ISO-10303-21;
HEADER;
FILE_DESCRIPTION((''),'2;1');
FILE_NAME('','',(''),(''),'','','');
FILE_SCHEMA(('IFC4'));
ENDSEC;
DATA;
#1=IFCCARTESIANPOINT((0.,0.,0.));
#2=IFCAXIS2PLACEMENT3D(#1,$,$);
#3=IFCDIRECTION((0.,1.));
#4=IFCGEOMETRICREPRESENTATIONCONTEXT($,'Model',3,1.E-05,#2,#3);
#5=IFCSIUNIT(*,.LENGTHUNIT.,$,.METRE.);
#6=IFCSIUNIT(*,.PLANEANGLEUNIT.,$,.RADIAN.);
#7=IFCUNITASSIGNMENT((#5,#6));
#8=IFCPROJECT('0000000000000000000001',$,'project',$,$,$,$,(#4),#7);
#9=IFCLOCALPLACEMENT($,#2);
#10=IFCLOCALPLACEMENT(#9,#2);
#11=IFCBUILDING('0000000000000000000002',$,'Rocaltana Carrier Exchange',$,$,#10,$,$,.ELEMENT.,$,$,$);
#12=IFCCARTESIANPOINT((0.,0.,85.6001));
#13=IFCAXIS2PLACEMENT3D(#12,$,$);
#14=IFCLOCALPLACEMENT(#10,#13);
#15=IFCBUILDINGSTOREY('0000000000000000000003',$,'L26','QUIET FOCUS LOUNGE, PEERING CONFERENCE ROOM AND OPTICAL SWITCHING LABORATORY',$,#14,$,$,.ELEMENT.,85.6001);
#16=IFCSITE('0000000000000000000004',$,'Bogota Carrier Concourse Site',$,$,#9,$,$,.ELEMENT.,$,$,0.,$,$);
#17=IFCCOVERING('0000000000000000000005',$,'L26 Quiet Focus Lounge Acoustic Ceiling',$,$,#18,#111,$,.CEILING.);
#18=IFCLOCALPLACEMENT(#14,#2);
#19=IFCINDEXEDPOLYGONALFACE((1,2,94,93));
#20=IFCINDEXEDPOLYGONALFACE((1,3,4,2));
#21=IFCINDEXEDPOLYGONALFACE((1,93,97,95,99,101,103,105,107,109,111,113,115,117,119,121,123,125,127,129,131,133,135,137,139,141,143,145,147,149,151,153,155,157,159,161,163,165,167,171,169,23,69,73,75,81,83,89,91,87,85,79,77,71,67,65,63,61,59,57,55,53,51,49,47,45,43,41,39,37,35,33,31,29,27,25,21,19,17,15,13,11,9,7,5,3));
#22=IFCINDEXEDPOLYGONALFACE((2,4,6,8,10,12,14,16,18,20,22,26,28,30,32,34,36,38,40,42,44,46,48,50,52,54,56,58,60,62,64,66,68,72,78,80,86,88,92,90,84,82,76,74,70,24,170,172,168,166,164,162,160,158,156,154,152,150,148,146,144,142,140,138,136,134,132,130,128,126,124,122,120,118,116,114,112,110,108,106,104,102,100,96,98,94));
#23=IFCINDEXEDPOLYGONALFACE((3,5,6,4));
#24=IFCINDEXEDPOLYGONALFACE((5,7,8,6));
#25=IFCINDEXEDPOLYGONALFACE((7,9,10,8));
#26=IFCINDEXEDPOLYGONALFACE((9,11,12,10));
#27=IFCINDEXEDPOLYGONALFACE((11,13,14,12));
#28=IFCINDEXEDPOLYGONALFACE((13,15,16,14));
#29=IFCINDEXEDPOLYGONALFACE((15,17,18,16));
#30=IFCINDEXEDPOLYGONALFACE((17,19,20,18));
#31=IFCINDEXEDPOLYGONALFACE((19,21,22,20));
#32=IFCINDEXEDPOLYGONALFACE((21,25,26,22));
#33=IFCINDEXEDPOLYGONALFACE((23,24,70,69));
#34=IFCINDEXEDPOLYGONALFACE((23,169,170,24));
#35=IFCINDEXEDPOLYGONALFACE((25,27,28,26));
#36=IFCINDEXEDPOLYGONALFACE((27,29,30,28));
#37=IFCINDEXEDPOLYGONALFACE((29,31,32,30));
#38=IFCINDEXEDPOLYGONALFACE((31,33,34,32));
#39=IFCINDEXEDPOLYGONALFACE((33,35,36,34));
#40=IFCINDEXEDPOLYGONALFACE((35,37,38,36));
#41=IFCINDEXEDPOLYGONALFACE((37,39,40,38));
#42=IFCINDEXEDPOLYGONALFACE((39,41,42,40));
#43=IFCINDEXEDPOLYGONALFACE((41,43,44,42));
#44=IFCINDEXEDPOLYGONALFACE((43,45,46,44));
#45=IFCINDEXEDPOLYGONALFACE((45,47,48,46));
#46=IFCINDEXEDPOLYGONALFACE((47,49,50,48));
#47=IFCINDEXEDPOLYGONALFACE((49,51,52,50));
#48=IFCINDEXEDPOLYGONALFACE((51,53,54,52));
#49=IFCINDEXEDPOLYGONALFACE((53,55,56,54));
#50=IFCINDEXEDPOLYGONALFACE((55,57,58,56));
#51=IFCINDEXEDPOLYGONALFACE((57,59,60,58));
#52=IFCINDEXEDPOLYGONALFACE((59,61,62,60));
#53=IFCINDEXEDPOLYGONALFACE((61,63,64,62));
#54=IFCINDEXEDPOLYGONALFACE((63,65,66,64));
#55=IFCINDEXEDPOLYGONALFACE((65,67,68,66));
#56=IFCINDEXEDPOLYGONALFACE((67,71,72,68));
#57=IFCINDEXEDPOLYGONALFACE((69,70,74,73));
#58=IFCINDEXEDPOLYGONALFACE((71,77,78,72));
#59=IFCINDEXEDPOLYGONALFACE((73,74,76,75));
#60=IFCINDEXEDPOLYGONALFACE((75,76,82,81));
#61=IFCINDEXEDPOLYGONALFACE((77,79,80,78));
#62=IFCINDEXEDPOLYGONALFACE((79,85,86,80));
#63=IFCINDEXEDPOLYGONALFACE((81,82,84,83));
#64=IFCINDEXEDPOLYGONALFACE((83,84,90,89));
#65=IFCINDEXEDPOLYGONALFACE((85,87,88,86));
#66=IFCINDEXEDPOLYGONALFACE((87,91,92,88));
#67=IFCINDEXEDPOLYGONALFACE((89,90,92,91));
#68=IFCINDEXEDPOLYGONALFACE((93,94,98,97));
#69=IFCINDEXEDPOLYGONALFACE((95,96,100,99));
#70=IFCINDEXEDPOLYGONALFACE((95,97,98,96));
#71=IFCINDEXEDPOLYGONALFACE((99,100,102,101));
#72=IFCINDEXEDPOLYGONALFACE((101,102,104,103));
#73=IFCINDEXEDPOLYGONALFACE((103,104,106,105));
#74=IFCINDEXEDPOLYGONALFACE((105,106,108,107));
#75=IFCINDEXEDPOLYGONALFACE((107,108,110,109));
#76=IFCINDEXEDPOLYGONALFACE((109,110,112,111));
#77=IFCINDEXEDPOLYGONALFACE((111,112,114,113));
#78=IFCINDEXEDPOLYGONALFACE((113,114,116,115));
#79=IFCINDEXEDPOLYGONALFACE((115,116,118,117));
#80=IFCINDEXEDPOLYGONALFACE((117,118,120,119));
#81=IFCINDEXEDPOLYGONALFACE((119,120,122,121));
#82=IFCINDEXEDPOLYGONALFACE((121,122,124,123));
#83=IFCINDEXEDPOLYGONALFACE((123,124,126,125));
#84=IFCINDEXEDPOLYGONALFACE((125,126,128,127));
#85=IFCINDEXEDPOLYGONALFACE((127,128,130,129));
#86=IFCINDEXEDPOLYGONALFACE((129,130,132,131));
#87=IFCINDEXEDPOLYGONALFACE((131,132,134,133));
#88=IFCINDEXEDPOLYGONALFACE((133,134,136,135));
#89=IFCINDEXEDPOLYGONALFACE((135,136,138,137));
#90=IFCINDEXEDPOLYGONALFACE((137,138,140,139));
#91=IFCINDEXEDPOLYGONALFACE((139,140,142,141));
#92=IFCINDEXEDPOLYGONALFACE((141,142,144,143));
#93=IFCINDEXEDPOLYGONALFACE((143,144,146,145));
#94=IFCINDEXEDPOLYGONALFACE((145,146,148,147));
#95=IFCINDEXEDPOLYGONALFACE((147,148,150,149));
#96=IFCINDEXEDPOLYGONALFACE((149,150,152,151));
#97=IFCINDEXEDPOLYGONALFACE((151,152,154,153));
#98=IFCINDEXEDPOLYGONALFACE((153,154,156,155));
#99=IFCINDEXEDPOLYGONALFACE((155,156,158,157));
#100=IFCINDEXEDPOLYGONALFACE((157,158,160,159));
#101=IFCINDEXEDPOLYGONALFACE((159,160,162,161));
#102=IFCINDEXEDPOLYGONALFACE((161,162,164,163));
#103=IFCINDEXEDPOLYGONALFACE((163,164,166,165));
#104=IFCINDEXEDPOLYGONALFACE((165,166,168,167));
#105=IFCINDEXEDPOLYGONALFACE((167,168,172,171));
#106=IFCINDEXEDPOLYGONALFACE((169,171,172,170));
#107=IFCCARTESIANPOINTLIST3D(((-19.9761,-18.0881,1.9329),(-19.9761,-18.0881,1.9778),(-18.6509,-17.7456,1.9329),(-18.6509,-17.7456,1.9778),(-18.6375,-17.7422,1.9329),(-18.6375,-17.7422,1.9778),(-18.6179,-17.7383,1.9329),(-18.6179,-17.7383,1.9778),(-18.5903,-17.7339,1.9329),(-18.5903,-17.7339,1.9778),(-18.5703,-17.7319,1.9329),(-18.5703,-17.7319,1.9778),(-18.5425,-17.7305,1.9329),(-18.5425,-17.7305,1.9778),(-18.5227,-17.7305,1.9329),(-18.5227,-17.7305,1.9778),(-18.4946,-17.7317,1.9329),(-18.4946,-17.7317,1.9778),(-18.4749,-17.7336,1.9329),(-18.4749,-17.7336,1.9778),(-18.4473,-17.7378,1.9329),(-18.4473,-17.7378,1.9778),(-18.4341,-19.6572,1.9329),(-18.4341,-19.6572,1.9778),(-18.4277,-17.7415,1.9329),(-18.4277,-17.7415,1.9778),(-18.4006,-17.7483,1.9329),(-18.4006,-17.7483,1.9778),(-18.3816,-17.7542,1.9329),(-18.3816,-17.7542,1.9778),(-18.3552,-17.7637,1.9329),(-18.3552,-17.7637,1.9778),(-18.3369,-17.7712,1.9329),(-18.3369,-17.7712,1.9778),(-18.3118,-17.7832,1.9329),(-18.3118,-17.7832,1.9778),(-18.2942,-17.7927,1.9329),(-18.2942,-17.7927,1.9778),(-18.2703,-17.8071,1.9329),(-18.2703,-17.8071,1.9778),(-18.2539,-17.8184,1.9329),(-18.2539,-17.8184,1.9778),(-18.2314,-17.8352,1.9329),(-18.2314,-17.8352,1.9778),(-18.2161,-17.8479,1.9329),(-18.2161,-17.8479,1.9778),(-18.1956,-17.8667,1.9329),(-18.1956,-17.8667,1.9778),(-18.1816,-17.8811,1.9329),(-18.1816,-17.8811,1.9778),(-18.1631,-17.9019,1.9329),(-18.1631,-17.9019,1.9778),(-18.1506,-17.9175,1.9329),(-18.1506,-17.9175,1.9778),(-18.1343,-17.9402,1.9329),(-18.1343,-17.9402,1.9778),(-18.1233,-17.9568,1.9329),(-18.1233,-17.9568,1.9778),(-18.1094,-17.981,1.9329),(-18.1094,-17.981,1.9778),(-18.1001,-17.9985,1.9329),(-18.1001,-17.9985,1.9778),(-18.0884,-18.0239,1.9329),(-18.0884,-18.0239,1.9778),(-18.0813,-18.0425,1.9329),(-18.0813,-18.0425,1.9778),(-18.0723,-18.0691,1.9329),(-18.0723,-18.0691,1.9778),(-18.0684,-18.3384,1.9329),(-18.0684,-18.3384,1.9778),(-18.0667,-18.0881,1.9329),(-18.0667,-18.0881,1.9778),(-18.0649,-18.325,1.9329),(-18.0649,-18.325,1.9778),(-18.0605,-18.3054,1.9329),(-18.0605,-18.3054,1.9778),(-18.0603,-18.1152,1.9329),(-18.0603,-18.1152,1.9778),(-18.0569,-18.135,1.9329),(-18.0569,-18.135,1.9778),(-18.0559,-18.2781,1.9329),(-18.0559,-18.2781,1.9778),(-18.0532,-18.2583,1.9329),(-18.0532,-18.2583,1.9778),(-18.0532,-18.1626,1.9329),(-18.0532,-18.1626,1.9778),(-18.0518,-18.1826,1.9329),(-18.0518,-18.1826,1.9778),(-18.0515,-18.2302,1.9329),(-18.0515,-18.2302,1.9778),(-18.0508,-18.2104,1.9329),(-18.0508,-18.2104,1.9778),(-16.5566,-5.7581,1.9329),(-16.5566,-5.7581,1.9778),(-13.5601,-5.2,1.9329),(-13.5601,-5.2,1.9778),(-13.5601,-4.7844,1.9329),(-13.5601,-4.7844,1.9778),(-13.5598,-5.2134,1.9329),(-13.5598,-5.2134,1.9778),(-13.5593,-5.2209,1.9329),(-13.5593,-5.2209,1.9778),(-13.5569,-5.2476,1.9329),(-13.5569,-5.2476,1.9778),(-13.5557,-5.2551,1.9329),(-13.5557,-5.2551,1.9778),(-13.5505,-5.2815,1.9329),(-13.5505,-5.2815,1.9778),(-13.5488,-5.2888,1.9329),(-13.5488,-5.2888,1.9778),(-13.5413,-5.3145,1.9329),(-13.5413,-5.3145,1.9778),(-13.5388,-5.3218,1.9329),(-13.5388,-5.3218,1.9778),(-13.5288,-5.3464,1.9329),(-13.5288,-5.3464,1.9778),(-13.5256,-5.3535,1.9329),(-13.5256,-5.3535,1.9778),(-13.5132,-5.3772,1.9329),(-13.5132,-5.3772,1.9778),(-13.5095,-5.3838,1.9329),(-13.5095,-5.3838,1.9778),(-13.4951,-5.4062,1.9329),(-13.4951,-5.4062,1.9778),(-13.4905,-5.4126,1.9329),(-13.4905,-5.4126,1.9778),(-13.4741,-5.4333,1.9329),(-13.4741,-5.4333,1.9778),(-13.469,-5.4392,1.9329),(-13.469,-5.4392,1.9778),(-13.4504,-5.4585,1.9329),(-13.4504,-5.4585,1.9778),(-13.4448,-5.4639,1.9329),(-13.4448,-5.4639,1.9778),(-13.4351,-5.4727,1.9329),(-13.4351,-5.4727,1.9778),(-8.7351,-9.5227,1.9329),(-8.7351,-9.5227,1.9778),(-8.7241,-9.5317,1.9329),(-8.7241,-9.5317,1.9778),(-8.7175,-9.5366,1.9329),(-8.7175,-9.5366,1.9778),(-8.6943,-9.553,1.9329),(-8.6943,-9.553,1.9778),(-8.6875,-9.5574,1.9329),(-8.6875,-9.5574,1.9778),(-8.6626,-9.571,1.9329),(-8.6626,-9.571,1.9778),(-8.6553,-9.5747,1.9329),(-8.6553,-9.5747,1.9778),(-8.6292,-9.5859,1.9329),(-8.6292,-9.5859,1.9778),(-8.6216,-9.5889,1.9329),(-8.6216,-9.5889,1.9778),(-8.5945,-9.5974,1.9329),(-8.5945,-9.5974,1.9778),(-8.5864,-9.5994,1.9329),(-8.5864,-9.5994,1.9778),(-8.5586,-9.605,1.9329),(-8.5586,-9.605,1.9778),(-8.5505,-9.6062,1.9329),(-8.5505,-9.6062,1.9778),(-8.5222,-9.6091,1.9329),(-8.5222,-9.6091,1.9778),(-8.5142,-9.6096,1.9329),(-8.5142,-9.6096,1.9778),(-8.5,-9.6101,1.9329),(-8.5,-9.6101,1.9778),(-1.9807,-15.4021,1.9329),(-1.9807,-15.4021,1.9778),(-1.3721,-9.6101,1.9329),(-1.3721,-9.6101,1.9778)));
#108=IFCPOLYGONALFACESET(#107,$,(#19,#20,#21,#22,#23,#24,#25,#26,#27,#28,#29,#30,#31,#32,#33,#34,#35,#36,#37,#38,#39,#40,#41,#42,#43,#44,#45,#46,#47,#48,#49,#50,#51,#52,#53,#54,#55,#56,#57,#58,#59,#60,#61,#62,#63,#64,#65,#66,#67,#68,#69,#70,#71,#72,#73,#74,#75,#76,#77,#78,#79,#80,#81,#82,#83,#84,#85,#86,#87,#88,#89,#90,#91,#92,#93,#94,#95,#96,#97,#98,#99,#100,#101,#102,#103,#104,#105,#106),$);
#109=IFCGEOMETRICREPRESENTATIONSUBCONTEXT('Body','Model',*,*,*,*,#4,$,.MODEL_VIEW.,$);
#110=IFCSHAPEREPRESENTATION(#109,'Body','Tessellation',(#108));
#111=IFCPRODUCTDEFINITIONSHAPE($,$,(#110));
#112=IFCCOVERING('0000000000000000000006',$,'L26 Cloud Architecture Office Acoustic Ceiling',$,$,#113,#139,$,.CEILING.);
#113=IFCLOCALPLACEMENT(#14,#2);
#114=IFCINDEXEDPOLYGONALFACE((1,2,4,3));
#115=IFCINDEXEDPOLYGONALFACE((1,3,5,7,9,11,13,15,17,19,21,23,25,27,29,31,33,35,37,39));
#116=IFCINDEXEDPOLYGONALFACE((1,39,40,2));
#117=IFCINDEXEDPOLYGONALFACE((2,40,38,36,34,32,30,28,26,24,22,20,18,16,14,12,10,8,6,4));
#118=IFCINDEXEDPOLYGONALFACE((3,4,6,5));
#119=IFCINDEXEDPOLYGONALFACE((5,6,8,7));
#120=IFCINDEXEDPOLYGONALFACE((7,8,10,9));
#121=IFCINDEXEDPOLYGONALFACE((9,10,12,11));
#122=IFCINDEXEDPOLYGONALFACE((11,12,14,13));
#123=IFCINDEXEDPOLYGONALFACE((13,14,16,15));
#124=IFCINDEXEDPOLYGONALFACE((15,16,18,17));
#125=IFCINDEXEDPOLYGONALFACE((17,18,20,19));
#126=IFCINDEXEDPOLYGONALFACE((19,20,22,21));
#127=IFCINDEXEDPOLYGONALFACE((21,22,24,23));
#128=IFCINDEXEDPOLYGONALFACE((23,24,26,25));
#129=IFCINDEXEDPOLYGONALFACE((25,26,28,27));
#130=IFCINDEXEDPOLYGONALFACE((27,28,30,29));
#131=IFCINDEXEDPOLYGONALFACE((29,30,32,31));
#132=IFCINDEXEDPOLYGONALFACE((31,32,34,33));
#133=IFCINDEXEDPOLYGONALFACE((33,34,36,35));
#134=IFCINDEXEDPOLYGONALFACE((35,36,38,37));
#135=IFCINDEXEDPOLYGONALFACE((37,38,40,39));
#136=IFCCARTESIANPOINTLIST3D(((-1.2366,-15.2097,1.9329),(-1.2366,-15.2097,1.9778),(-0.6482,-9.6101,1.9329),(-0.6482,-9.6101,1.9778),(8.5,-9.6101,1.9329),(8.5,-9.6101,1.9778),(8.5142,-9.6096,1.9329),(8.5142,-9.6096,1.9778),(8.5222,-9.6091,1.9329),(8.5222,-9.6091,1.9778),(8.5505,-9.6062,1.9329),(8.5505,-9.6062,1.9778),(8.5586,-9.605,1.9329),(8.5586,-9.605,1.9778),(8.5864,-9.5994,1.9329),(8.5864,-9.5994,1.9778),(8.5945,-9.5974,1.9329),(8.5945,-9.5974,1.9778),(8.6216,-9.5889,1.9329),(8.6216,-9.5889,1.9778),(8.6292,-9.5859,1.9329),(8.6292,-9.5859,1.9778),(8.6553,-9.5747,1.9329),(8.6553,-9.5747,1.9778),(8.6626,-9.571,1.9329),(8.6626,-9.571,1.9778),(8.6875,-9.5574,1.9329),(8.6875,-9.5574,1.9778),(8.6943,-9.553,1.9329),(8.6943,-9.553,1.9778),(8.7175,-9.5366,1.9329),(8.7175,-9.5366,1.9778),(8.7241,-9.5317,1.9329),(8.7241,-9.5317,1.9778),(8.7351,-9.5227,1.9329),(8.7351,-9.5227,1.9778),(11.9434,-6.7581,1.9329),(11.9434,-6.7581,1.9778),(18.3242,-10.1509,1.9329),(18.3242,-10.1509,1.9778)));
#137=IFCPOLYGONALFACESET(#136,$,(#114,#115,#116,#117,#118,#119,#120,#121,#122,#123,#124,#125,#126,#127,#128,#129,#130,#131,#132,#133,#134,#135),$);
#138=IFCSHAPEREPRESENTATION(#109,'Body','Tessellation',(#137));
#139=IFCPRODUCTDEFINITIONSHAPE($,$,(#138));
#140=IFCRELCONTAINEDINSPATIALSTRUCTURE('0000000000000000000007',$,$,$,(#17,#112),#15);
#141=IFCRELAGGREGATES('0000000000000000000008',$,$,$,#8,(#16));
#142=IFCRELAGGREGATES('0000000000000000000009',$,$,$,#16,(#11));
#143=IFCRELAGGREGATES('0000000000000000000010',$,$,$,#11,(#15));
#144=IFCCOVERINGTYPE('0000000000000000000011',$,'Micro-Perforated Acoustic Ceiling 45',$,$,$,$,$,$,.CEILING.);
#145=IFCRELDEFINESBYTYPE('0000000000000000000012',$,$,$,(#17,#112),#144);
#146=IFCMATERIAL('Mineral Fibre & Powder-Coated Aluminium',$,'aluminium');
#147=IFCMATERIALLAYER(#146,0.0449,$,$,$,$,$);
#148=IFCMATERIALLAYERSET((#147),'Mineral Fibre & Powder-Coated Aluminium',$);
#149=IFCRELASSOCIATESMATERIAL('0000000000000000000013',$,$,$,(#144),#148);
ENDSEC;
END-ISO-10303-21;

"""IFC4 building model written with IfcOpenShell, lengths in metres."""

from ifc_helpers import new_model, si_unit, direction, frame, origin, place, context, subcontext, project, spatial, polyline, outline, extrude, material, layer, layer_set, type_object, element, save


model = new_model("IFC4")

# Units and contexts
model_context = context("Model", 3, precision=1e-05, world=origin(), true_north=direction((0.0, 1.0)))
body_context = subcontext(model_context, "Body", "Model", "MODEL_VIEW")
ifc_project = project(units=[si_unit("LENGTHUNIT", "METRE"), si_unit("PLANEANGLEUNIT", "RADIAN")], contexts=[model_context])

# Site, building, storey
site_placement = place(None, origin())
site = spatial("IfcSite", under=ifc_project, at=site_placement, Name="Bogota Carrier Concourse Site", CompositionType="ELEMENT", RefElevation=0.0)
building_placement = place(site_placement, origin())
building = spatial("IfcBuilding", under=site, at=building_placement, Name="Rocaltana Carrier Exchange", CompositionType="ELEMENT")
storey_placement = place(building_placement, frame((0.0, 0.0, 85.6001)))
storey = spatial("IfcBuildingStorey", under=building, at=storey_placement, Name="L26", Description="QUIET FOCUS LOUNGE, PEERING CONFERENCE ROOM AND OPTICAL SWITCHING LABORATORY", CompositionType="ELEMENT", Elevation=85.6001)

# Coverings
ifc_material_1 = material(Name="Mineral Fibre & Powder-Coated Aluminium", Category="aluminium")
ifc_layer_1 = layer(ifc_material_1, 0.0449)
ifc_layer_set_1 = layer_set([ifc_layer_1], Name="Mineral Fibre & Powder-Coated Aluminium")
covering_type_1 = type_object("IfcCoveringType", Name="Micro-Perforated Acoustic Ceiling 45", PredefinedType="CEILING", material=ifc_layer_set_1)
covering_1_placement = place(storey_placement, frame((0.0, 0.0, 1.9329)))
element("IfcCovering", 1, at=covering_1_placement, inside=storey, type_object=covering_type_1, Name="L26 Quiet Focus Lounge Acoustic Ceiling", PredefinedType="CEILING", context=body_context, shape_type="SweptSolid", body=[
    extrude(outline(polyline([(-18.0684, -18.3384), (-18.0649, -18.325), (-18.0605, -18.3054), (-18.0559, -18.2781), (-18.0532, -18.2583), (-18.0515, -18.2302), (-18.0508, -18.2104), (-18.0518, -18.1826), (-18.0532, -18.1626), (-18.0569, -18.135), (-18.0603, -18.1152), (-18.0667, -18.0881), (-18.0723, -18.0691), (-18.0813, -18.0425), (-18.0884, -18.0239), (-18.1001, -17.9985), (-18.1094, -17.981), (-18.1233, -17.9568), (-18.1343, -17.9402), (-18.1506, -17.9175), (-18.1631, -17.9019), (-18.1816, -17.8811), (-18.1956, -17.8667), (-18.2161, -17.8479), (-18.2314, -17.8352), (-18.2539, -17.8184), (-18.2703, -17.8071), (-18.2942, -17.7927), (-18.3118, -17.7832), (-18.3369, -17.7712), (-18.3552, -17.7637), (-18.3816, -17.7542), (-18.4006, -17.7483), (-18.4277, -17.7415), (-18.4473, -17.7378), (-18.4749, -17.7336), (-18.4946, -17.7317), (-18.5227, -17.7305), (-18.5425, -17.7305), (-18.5703, -17.7319), (-18.5903, -17.7339), (-18.6179, -17.7383), (-18.6375, -17.7422), (-18.6509, -17.7456), (-19.9761, -18.0881), (-16.5566, -5.7581), (-13.5601, -4.7844), (-13.5601, -5.2), (-13.5598, -5.2134), (-13.5593, -5.2209), (-13.5569, -5.2476), (-13.5557, -5.2551), (-13.5505, -5.2815), (-13.5488, -5.2888), (-13.5413, -5.3145), (-13.5388, -5.3218), (-13.5288, -5.3464), (-13.5256, -5.3535), (-13.5132, -5.3772), (-13.5095, -5.3838), (-13.4951, -5.4062), (-13.4905, -5.4126), (-13.4741, -5.4333), (-13.469, -5.4392), (-13.4504, -5.4585), (-13.4448, -5.4639), (-13.4351, -5.4727), (-8.7351, -9.5227), (-8.7241, -9.5317), (-8.7175, -9.5366), (-8.6943, -9.553), (-8.6875, -9.5574), (-8.6626, -9.571), (-8.6553, -9.5747), (-8.6292, -9.5859), (-8.6216, -9.5889), (-8.5945, -9.5974), (-8.5864, -9.5994), (-8.5586, -9.605), (-8.5505, -9.6062), (-8.5222, -9.6091), (-8.5142, -9.6096), (-8.5, -9.6101), (-1.3721, -9.6101), (-1.9807, -15.4021), (-18.4341, -19.6572), (-18.0684, -18.3384)])), origin(), (0.0, 0.0, 1.0), 0.0449),
])
covering_2_placement = place(storey_placement, frame((0.0, 0.0, 1.9329)))
element("IfcCovering", 2, at=covering_2_placement, inside=storey, type_object=covering_type_1, Name="L26 Cloud Architecture Office Acoustic Ceiling", PredefinedType="CEILING", context=body_context, shape_type="SweptSolid", body=[
    extrude(outline(polyline([(-1.2366, -15.2097), (-0.6482, -9.6101), (8.5, -9.6101), (8.5142, -9.6096), (8.5222, -9.6091), (8.5505, -9.6062), (8.5586, -9.605), (8.5864, -9.5994), (8.5945, -9.5974), (8.6216, -9.5889), (8.6292, -9.5859), (8.6553, -9.5747), (8.6626, -9.571), (8.6875, -9.5574), (8.6943, -9.553), (8.7175, -9.5366), (8.7241, -9.5317), (8.7351, -9.5227), (11.9434, -6.7581), (18.3242, -10.1509), (-1.2366, -15.2097)])), origin(), (0.0, 0.0, 1.0), 0.0449),
])

save(model, "model.ifc")
